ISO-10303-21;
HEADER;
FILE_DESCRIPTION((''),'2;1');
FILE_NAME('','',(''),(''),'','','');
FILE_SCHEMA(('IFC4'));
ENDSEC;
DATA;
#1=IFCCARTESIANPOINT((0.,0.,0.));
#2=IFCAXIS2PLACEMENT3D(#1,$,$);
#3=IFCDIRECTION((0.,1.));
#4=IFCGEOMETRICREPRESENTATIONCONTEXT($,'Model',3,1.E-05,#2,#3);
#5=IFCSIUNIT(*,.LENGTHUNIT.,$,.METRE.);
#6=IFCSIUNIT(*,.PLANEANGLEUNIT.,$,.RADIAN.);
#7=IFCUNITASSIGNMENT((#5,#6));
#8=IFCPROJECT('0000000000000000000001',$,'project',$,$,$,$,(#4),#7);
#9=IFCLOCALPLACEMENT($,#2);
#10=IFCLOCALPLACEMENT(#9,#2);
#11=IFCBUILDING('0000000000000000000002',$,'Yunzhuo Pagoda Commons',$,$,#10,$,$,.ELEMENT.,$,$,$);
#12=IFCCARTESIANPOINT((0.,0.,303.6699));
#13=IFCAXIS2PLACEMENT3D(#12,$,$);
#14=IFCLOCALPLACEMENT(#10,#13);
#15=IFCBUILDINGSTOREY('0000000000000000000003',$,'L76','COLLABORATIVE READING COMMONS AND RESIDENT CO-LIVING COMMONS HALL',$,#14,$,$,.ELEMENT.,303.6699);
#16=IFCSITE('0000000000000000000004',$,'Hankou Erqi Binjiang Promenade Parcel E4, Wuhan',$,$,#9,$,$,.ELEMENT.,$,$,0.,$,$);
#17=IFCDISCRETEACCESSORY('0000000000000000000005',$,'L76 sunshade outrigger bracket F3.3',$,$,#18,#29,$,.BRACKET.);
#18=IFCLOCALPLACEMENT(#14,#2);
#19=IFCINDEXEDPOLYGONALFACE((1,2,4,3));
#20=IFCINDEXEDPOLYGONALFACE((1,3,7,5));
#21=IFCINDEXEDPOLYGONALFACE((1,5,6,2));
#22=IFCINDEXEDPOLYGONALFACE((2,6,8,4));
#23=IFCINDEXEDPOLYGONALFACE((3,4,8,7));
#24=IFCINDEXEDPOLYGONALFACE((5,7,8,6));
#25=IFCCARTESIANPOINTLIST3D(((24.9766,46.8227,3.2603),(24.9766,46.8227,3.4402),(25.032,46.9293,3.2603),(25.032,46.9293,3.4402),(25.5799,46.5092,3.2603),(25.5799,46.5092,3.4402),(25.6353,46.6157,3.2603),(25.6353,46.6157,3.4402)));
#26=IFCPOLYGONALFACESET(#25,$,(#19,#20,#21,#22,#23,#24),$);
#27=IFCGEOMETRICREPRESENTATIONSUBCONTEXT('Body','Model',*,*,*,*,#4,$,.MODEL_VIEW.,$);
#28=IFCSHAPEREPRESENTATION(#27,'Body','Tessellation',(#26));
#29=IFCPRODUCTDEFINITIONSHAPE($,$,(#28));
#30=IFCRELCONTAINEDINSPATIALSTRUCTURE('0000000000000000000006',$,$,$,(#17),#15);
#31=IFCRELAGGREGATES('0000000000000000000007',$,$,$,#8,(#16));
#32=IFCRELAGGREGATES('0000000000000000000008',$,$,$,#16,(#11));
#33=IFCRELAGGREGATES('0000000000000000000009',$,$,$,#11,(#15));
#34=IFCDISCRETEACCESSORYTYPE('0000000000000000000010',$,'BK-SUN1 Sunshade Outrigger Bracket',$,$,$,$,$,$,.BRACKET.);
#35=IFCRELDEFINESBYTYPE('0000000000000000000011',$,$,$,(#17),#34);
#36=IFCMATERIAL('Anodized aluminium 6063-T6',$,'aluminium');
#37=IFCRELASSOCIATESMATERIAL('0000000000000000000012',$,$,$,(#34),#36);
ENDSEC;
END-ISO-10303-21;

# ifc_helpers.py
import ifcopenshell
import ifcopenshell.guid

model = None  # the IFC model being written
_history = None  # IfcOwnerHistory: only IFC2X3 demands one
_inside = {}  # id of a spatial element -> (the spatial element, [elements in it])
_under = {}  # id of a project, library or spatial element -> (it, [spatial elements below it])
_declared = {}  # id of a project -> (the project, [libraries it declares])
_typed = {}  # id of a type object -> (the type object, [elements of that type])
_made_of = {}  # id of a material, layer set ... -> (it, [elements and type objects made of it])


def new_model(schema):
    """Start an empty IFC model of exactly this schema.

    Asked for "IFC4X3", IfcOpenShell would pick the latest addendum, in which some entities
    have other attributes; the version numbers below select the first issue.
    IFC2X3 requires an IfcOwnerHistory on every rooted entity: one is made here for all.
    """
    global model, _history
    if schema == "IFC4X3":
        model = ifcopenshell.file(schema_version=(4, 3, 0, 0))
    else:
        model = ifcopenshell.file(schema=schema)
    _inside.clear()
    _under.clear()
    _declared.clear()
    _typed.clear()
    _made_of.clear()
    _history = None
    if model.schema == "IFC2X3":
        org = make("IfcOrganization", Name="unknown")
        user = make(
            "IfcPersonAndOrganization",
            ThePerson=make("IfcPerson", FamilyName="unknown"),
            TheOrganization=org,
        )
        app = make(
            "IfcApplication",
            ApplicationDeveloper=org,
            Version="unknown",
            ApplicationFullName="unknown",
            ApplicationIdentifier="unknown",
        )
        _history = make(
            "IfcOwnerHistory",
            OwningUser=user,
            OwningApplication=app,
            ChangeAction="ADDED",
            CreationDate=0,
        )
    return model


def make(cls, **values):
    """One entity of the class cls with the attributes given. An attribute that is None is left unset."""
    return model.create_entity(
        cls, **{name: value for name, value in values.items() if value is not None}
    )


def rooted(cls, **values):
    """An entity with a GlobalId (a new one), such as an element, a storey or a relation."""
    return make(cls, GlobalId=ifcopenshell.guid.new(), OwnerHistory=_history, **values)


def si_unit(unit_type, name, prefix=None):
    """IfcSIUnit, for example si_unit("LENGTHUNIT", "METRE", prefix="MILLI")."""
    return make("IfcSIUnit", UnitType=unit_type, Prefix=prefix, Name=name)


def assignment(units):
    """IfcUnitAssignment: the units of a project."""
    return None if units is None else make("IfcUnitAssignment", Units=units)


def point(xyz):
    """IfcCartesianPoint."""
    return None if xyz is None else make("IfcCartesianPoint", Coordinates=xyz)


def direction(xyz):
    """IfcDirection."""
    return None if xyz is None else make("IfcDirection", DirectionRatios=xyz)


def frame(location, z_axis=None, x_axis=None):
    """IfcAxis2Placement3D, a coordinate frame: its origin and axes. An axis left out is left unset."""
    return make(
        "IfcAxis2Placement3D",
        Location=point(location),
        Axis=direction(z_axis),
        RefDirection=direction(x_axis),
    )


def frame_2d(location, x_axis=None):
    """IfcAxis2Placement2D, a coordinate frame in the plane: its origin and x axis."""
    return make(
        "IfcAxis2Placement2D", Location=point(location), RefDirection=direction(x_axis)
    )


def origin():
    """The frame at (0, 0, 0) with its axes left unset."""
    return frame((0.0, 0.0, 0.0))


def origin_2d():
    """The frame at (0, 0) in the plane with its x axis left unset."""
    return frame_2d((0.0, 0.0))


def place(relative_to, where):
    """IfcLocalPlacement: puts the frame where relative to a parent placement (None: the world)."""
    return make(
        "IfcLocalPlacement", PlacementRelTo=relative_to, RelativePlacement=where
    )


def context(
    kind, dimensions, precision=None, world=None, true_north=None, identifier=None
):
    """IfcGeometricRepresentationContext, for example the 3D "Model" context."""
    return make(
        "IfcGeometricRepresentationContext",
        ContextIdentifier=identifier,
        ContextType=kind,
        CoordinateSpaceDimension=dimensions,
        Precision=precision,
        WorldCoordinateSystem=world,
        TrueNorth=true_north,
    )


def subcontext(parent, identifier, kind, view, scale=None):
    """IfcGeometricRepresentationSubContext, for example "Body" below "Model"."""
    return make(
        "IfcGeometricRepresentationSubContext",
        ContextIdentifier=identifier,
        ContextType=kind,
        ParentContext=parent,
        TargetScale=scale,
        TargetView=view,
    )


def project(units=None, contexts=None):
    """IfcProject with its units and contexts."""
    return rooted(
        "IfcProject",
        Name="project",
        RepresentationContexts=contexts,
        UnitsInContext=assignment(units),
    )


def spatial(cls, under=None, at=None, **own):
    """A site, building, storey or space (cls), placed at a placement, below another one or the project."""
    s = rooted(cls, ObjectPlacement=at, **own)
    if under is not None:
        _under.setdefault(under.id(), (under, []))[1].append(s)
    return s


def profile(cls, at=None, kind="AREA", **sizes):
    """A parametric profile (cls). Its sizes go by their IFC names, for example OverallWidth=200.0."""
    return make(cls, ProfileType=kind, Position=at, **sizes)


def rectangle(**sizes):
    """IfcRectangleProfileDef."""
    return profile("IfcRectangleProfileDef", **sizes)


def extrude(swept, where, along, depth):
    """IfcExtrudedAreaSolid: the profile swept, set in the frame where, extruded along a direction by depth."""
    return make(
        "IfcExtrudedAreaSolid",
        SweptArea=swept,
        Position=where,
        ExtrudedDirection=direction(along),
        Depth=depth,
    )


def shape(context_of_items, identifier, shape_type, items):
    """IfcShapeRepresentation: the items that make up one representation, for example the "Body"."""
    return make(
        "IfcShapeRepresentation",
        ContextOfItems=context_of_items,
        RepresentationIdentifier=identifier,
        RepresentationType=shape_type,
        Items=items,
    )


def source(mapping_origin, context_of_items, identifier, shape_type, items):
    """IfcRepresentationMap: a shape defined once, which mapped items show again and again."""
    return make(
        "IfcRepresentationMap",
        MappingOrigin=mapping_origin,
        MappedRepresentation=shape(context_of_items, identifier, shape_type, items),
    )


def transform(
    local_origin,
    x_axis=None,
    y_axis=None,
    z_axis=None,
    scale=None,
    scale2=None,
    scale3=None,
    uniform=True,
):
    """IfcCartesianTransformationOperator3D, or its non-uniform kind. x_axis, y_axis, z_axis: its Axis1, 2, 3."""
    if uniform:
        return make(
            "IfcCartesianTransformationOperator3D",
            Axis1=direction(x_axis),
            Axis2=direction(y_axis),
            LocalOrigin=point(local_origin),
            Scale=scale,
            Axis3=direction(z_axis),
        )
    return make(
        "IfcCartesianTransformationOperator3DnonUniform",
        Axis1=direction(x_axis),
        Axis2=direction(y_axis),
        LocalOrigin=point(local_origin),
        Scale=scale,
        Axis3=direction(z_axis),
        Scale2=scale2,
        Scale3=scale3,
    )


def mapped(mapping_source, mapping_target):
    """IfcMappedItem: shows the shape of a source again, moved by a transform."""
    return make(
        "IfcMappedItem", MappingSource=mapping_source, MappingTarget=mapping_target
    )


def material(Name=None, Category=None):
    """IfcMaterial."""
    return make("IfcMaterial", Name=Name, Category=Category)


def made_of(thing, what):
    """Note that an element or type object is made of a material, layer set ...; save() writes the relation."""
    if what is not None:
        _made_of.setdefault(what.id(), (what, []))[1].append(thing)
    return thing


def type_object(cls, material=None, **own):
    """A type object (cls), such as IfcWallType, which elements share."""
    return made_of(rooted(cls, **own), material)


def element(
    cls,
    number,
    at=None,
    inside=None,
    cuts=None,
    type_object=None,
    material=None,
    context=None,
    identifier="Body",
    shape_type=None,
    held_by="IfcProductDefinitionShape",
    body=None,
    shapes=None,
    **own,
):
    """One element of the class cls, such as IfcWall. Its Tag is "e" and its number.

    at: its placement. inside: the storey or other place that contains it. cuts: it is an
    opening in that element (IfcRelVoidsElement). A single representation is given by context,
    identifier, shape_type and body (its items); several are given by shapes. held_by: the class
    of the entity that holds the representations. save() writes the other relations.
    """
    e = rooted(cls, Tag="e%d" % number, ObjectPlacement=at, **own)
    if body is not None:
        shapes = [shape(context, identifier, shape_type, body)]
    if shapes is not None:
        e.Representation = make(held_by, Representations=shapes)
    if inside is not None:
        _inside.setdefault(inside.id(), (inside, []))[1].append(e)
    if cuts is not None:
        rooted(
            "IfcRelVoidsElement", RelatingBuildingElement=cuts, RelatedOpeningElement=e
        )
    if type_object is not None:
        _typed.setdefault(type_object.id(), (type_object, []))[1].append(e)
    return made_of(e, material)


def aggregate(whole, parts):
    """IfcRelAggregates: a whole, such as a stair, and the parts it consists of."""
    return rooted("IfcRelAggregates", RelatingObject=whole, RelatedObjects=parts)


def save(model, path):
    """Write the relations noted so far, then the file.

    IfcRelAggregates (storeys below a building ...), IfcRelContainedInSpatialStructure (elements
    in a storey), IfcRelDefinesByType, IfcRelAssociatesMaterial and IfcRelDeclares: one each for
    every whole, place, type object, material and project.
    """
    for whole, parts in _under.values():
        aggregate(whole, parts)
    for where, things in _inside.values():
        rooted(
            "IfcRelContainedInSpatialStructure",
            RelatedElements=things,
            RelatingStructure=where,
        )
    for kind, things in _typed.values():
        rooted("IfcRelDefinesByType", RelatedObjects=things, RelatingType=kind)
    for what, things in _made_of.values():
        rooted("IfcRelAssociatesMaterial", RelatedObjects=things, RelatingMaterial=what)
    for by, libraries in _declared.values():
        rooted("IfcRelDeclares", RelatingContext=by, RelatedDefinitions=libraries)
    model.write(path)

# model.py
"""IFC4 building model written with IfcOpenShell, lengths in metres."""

from ifc_helpers import new_model, si_unit, direction, frame, origin, origin_2d, place, context, subcontext, project, spatial, rectangle, extrude, source, transform, mapped, material, type_object, element, save


model = new_model("IFC4")

# Units and contexts
model_context = context("Model", 3, precision=1e-05, world=origin(), true_north=direction((0.0, 1.0)))
body_context = subcontext(model_context, "Body", "Model", "MODEL_VIEW")
ifc_project = project(units=[si_unit("LENGTHUNIT", "METRE"), si_unit("PLANEANGLEUNIT", "RADIAN")], contexts=[model_context])

# Site, building, storey
site_placement = place(None, origin())
site = spatial("IfcSite", under=ifc_project, at=site_placement, Name="Hankou Erqi Binjiang Promenade Parcel E4, Wuhan", CompositionType="ELEMENT", RefElevation=0.0)
building_placement = place(site_placement, origin())
building = spatial("IfcBuilding", under=site, at=building_placement, Name="Yunzhuo Pagoda Commons", CompositionType="ELEMENT")
storey_placement = place(building_placement, frame((0.0, 0.0, 303.6699)))
storey = spatial("IfcBuildingStorey", under=building, at=storey_placement, Name="L76", Description="COLLABORATIVE READING COMMONS AND RESIDENT CO-LIVING COMMONS HALL", CompositionType="ELEMENT", Elevation=303.6699)

# Shared definitions
ifc_material_1 = material(Name="Anodized aluminium 6063-T6", Category="aluminium")

# Discrete accessory
discrete_accessory_type = type_object("IfcDiscreteAccessoryType", Name="BK-SUN1 Sunshade Outrigger Bracket", PredefinedType="BRACKET", material=ifc_material_1)
shared_shape_1 = source(origin(), body_context, "Body", "SweptSolid", [
    extrude(rectangle(XDim=0.1201, YDim=0.6799, at=origin_2d()), origin(), (0.0, 0.0, 1.0), 0.1799),
])
discrete_accessory_placement = place(storey_placement, frame((25.3059, 46.7192, 3.2603), z_axis=(0.0, 0.0, 1.0), x_axis=(-0.461207, -0.887293, 0.0)))
element("IfcDiscreteAccessory", 1, at=discrete_accessory_placement, inside=storey, type_object=discrete_accessory_type, Name="L76 sunshade outrigger bracket F3.3", PredefinedType="BRACKET", context=body_context, shape_type="MappedRepresentation", body=[
    mapped(shared_shape_1, transform((0.0, 0.0, 0.0), scale=1.0)),
])

save(model, "model.ifc")
